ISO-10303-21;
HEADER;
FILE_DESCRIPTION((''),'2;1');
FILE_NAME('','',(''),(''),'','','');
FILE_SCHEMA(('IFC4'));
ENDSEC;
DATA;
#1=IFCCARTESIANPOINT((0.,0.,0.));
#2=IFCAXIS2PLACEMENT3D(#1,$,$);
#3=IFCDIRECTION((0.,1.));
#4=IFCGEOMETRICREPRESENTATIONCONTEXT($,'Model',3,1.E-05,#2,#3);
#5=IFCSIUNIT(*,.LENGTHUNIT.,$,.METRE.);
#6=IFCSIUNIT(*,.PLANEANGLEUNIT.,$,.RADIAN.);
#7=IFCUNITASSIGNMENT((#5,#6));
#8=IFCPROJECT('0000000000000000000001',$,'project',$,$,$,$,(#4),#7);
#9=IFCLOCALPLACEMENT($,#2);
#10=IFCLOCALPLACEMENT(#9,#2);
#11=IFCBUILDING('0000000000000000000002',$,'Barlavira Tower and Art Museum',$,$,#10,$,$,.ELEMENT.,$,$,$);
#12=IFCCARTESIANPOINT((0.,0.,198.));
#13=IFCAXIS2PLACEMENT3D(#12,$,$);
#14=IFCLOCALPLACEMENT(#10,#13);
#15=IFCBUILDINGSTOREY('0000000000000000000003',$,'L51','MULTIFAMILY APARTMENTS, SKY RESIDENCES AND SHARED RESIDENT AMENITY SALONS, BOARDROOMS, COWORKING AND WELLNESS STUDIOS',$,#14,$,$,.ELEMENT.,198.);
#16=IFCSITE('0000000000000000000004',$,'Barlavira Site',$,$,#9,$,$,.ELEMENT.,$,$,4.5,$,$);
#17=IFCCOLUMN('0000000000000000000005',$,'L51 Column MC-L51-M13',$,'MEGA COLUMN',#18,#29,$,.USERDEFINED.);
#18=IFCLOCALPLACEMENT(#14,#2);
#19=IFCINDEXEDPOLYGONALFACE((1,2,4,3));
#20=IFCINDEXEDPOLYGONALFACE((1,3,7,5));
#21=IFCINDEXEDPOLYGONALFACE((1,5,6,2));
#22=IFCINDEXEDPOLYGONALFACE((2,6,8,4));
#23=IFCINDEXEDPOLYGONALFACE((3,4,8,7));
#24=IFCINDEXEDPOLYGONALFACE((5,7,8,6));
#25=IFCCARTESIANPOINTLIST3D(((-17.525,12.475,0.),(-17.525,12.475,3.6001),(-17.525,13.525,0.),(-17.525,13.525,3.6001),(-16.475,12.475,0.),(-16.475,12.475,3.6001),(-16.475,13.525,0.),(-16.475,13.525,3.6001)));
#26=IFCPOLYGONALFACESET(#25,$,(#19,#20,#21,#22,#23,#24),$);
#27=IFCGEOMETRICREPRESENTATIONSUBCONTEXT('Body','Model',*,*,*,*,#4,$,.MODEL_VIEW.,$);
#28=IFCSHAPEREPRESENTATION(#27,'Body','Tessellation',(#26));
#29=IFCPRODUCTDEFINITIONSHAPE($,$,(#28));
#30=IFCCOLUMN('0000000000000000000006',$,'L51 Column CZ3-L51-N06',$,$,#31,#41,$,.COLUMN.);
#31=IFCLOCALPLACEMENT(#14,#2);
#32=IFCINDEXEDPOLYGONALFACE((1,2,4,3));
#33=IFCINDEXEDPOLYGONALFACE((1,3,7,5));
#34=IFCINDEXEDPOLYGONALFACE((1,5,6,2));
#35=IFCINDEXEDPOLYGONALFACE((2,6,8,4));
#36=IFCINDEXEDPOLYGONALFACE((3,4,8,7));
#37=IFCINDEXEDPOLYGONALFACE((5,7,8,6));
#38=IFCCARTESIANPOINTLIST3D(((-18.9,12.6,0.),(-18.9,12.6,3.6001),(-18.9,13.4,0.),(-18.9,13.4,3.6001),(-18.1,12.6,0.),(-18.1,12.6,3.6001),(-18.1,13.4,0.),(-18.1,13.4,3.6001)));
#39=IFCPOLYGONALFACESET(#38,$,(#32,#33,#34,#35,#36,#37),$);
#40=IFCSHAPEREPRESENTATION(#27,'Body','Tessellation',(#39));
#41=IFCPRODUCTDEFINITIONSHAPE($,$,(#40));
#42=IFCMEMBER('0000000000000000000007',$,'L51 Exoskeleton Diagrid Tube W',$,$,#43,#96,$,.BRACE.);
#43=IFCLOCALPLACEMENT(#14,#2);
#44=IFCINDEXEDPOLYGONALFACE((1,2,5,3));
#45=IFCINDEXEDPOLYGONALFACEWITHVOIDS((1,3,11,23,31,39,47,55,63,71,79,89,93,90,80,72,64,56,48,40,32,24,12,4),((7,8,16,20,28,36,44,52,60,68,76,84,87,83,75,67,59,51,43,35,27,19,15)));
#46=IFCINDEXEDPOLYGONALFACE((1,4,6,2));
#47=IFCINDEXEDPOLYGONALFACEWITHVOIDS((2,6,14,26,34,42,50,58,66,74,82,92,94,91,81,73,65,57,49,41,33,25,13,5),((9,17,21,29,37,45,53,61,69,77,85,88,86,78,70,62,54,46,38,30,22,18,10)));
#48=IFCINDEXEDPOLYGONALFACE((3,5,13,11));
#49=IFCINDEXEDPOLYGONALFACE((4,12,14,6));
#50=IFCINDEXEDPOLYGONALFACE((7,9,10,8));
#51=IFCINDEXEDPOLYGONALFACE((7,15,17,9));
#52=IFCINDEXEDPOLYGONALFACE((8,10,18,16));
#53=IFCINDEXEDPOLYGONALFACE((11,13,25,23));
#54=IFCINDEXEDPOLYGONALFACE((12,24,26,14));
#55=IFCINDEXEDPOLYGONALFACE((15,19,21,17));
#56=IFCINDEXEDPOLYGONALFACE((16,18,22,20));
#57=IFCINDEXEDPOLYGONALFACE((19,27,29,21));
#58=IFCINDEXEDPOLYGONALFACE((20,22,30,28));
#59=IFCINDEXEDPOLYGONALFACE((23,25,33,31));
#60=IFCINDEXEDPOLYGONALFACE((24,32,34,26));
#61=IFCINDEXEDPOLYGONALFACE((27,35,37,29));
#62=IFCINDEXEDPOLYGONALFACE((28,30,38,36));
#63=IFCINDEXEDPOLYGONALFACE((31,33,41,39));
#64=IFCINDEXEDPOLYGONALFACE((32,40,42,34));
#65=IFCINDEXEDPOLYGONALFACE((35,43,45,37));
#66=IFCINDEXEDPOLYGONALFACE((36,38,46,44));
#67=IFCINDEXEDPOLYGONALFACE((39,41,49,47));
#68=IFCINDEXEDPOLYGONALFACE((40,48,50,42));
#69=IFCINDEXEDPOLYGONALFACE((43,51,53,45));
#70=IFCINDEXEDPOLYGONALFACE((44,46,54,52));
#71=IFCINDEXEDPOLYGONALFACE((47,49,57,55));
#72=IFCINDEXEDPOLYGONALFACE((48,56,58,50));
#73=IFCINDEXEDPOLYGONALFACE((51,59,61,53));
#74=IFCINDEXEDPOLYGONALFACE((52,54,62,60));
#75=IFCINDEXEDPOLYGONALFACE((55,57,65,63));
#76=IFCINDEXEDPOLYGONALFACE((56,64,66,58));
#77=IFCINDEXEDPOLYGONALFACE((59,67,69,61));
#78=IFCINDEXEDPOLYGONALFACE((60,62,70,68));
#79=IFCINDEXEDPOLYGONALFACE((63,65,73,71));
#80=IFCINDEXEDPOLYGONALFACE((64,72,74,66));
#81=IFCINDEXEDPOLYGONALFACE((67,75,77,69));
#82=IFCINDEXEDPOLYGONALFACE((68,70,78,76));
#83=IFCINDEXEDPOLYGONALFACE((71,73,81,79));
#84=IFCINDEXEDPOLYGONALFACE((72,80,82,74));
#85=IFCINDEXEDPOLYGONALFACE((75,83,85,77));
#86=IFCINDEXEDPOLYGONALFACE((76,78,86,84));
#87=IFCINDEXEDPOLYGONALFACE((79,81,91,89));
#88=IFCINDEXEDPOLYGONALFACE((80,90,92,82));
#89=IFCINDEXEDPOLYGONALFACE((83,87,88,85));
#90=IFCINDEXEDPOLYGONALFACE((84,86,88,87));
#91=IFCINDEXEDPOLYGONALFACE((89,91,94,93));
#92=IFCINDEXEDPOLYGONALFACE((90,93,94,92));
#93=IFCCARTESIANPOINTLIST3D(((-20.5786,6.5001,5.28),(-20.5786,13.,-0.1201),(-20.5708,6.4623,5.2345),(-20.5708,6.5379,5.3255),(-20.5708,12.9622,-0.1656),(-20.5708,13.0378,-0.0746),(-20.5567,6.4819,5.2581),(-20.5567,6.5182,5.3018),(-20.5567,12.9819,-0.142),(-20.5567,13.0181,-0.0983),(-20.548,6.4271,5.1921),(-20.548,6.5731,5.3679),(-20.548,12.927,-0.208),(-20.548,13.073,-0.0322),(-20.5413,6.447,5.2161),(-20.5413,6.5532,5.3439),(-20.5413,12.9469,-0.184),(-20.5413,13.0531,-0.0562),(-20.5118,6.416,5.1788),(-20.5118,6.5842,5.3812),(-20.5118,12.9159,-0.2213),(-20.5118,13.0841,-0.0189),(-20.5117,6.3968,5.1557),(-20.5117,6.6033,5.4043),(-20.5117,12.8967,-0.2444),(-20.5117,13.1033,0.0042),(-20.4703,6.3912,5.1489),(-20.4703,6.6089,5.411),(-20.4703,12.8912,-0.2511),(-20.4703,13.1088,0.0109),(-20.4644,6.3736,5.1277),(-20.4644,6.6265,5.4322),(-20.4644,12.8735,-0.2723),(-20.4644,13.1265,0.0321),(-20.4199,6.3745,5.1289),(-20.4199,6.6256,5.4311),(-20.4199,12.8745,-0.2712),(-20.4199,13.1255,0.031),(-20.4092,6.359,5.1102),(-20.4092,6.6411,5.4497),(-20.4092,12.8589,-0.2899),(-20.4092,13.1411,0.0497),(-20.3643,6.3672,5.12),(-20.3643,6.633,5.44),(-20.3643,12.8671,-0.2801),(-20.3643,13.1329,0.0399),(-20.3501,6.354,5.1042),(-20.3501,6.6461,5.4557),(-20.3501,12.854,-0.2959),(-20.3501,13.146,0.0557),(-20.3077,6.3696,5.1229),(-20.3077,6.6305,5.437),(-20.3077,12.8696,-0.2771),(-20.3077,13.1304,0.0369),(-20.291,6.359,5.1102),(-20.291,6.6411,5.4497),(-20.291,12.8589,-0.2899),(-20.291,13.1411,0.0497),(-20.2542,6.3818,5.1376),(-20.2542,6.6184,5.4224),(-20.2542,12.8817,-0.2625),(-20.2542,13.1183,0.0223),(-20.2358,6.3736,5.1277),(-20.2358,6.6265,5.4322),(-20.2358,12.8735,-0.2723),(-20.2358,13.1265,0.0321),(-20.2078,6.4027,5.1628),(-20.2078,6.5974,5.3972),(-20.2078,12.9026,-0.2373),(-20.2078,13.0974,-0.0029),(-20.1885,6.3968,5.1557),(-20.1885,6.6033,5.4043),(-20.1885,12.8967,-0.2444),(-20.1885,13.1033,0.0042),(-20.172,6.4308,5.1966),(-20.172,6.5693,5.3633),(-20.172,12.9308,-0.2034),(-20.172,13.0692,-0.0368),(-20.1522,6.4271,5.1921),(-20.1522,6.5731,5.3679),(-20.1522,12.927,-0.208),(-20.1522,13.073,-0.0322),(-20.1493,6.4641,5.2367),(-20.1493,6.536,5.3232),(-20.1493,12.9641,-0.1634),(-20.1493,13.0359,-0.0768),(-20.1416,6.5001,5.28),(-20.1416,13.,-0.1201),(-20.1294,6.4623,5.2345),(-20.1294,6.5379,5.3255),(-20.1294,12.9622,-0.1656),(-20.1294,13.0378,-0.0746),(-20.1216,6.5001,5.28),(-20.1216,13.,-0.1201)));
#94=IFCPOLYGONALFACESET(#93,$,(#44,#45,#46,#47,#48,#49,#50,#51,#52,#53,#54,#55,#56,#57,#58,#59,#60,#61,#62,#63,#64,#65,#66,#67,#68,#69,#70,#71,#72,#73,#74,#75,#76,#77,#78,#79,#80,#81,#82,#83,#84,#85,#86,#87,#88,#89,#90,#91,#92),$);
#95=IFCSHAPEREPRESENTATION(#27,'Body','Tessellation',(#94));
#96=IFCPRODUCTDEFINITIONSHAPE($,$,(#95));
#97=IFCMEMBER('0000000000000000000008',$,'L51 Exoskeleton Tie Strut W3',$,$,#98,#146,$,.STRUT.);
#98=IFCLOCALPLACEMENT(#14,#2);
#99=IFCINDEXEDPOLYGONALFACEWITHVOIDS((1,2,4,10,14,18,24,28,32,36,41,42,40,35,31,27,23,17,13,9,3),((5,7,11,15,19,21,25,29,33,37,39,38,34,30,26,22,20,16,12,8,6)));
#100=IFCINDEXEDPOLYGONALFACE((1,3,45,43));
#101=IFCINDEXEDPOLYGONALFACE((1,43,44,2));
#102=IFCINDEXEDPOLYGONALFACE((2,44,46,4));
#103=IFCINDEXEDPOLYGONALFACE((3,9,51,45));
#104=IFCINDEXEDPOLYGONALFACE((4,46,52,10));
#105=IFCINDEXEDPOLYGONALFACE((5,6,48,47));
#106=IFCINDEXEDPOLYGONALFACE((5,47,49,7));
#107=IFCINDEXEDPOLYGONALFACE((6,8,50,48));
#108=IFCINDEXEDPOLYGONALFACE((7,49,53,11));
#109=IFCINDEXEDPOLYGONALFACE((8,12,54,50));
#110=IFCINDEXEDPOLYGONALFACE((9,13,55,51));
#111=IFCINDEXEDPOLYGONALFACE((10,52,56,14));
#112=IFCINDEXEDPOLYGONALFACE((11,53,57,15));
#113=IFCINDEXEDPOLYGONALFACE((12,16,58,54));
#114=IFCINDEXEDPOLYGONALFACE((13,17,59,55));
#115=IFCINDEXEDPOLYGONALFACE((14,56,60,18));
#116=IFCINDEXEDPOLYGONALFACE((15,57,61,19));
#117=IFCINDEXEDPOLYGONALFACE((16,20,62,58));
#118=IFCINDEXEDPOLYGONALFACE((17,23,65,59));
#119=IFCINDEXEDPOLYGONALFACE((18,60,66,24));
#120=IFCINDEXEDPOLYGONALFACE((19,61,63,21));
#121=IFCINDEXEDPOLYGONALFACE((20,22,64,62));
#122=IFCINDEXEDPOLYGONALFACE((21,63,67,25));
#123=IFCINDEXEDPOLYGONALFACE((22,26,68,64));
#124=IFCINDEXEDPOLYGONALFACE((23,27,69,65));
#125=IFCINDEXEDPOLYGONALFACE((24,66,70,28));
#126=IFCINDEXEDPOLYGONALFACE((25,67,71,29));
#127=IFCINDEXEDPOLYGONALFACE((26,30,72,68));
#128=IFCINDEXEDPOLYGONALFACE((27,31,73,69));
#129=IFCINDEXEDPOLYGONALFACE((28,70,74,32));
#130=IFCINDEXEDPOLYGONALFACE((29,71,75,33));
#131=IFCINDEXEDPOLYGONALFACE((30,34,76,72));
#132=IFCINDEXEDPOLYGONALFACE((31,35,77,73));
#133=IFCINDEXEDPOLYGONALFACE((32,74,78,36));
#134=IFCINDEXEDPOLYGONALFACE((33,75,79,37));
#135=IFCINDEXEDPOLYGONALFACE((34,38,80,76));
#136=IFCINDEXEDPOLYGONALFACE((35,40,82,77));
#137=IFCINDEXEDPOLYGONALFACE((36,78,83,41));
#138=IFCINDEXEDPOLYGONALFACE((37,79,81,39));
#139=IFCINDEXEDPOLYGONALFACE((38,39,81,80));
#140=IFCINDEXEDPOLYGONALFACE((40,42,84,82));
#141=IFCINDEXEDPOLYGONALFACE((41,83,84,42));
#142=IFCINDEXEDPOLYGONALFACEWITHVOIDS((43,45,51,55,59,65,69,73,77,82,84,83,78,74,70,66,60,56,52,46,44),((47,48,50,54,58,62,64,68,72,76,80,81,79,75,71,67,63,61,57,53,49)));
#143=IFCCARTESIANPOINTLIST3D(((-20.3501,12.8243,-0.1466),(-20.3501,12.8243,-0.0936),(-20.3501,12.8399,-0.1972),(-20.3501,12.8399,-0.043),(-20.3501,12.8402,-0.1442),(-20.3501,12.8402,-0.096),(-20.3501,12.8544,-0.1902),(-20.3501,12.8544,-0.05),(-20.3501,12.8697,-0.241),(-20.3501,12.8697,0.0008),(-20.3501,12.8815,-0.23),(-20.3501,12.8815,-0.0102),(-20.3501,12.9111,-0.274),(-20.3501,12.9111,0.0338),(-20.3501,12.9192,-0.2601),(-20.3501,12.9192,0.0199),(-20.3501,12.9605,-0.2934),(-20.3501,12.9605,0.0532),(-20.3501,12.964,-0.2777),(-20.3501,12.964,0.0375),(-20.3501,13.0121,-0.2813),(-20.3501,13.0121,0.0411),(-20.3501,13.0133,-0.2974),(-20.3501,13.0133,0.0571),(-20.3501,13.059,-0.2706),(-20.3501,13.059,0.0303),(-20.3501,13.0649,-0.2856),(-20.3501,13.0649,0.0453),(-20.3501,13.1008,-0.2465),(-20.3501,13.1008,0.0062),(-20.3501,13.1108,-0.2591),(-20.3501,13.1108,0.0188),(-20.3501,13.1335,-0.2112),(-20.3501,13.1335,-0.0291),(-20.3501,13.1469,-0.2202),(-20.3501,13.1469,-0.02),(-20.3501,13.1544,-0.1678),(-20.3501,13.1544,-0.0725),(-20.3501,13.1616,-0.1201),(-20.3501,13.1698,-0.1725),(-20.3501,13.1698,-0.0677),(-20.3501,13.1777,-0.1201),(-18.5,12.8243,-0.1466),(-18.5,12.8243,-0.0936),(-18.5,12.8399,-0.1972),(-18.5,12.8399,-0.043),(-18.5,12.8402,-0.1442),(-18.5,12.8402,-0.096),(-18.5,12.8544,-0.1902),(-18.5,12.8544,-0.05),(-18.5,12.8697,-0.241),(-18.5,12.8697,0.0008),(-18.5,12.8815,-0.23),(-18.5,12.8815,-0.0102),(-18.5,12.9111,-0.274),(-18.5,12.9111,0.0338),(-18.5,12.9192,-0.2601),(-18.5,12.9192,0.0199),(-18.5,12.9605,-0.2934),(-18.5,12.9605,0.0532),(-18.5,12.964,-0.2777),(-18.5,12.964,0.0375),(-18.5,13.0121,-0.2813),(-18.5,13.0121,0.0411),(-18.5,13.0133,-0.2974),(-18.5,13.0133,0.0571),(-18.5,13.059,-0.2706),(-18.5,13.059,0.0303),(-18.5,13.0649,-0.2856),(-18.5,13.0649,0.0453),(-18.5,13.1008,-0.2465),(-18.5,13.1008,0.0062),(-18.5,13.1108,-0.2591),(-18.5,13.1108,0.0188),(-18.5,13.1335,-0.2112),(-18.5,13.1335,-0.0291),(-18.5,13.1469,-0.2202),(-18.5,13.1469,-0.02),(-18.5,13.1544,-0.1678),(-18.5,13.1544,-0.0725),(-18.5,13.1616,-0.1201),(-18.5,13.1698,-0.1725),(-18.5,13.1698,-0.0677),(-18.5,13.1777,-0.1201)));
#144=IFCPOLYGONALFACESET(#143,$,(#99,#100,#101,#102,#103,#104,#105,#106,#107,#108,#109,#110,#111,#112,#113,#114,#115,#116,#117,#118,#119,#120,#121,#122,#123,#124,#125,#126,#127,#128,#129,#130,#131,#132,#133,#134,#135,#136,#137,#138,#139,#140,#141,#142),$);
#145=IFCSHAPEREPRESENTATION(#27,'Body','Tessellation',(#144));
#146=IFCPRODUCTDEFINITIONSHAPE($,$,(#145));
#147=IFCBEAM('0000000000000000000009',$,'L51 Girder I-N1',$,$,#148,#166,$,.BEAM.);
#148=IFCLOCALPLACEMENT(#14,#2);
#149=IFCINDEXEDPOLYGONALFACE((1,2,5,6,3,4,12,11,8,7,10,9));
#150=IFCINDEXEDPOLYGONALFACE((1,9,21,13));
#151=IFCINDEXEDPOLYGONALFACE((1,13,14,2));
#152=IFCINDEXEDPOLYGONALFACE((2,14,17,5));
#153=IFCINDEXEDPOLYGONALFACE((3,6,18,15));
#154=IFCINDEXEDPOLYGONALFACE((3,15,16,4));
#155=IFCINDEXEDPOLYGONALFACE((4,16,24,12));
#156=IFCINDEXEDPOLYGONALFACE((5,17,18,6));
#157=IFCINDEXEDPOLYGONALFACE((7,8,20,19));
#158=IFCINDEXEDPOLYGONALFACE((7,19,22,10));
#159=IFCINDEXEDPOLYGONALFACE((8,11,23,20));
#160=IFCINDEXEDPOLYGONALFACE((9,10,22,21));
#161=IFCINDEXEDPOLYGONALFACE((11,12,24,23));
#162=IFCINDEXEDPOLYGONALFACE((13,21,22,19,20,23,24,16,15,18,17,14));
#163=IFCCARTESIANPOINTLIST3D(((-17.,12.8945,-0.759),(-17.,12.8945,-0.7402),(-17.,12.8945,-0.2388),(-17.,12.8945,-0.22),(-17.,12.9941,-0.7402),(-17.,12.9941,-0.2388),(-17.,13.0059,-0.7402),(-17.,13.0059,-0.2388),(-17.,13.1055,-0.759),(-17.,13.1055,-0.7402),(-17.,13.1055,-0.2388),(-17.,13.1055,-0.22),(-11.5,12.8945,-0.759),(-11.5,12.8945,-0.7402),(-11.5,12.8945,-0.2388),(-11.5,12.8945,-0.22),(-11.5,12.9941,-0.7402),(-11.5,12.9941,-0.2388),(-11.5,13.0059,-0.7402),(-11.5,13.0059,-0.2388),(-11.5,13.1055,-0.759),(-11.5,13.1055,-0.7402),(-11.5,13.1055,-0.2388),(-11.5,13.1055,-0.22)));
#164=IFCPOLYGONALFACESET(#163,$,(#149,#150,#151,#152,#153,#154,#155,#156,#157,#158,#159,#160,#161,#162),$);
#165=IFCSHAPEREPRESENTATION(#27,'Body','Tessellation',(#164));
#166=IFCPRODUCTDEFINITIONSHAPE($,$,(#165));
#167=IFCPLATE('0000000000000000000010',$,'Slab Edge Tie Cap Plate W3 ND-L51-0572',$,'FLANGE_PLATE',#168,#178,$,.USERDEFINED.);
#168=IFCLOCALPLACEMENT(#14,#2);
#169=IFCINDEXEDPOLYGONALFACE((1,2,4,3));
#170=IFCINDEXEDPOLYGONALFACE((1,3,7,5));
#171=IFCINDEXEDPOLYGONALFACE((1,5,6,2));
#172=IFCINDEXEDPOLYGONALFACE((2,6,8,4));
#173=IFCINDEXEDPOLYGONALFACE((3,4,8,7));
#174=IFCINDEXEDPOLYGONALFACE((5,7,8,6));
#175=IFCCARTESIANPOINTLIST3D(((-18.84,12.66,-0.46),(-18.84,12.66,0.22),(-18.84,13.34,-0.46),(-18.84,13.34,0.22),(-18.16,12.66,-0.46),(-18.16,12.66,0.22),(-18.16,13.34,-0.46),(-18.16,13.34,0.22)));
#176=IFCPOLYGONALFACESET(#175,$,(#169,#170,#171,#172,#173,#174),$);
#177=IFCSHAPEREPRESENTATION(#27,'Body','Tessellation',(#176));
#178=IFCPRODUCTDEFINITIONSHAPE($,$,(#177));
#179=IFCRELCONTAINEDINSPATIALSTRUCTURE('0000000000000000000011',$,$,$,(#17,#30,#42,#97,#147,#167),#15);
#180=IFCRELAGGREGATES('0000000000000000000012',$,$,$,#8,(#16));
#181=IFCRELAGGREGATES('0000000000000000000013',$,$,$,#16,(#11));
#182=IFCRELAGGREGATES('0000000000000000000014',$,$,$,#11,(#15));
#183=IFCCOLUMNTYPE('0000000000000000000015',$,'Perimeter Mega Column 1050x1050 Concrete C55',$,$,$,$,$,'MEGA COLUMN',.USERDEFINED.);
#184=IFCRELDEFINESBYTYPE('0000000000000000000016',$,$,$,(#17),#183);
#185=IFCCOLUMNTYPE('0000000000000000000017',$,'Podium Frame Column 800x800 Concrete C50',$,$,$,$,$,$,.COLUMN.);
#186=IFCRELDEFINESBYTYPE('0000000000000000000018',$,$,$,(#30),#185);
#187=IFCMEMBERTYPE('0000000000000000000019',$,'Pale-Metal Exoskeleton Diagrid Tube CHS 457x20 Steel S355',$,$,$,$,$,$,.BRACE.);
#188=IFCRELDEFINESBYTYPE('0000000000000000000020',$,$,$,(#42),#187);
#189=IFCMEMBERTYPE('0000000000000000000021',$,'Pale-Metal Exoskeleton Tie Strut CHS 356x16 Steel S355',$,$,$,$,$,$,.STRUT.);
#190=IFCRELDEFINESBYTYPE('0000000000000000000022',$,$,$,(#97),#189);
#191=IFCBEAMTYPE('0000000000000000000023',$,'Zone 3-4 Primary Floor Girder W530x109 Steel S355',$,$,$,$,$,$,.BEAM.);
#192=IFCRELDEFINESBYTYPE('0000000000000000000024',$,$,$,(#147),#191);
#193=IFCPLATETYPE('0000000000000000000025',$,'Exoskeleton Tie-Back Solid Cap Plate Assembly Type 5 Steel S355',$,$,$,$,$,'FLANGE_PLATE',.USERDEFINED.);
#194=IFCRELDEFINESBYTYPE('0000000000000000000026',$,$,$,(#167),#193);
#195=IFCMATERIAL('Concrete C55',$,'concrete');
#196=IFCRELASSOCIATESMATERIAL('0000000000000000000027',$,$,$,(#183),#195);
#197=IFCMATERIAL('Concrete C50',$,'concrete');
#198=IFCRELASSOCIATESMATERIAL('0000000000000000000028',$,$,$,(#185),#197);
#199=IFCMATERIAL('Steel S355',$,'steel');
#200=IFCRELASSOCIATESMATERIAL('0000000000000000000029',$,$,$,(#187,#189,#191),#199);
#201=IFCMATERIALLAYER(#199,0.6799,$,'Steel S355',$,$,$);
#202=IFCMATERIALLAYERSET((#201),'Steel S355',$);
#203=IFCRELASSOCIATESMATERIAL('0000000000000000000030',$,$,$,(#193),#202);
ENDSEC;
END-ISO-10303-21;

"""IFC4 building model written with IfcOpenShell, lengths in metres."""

from ifc_helpers import new_model, si_unit, direction, frame, origin, origin_2d, place, context, subcontext, project, spatial, rectangle, hollow_circle, i_section, extrude, material, layer, layer_set, material_profile, profile_set, type_object, element, save


model = new_model("IFC4")

# Units and contexts
model_context = context("Model", 3, precision=1e-05, world=origin(), true_north=direction((0.0, 1.0)))
body_context = subcontext(model_context, "Body", "Model", "MODEL_VIEW")
ifc_project = project(units=[si_unit("LENGTHUNIT", "METRE"), si_unit("PLANEANGLEUNIT", "RADIAN")], contexts=[model_context])

# Site, building, storey
site_placement = place(None, origin())
site = spatial("IfcSite", under=ifc_project, at=site_placement, Name="Barlavira Site", CompositionType="ELEMENT", RefElevation=4.5)
building_placement = place(site_placement, origin())
building = spatial("IfcBuilding", under=site, at=building_placement, Name="Barlavira Tower and Art Museum", CompositionType="ELEMENT")
storey_placement = place(building_placement, frame((0.0, 0.0, 198.0)))
storey = spatial("IfcBuildingStorey", under=building, at=storey_placement, Name="L51", Description="MULTIFAMILY APARTMENTS, SKY RESIDENCES AND SHARED RESIDENT AMENITY SALONS, BOARDROOMS, COWORKING AND WELLNESS STUDIOS", CompositionType="ELEMENT", Elevation=198.0)

# Columns
ifc_material_1 = material(Name="Concrete C55", Category="concrete")
ifc_material_profile_1 = material_profile(ifc_material_1, rectangle(XDim=1.05, YDim=1.05, at=origin_2d()), Name="RC-COL 1050x1050")
ifc_profile_set_1 = profile_set([ifc_material_profile_1], Name="Concrete C55")
column_type_1 = type_object("IfcColumnType", Name="Perimeter Mega Column 1050x1050 Concrete C55", ElementType="MEGA COLUMN", PredefinedType="USERDEFINED", material=ifc_profile_set_1)
column_1_placement = place(storey_placement, frame((-17.0, 13.0, 0.0), z_axis=(0.0, 0.0, 1.0), x_axis=(1.0, 0.0, 0.0)))
element("IfcColumn", 1, at=column_1_placement, inside=storey, type_object=column_type_1, Name="L51 Column MC-L51-M13", ObjectType="MEGA COLUMN", PredefinedType="USERDEFINED", context=body_context, shape_type="SweptSolid", body=[
    extrude(rectangle(XDim=1.05, YDim=1.05, at=origin_2d()), origin(), (0.0, 0.0, 1.0), 3.6001),
])
ifc_material_2 = material(Name="Concrete C50", Category="concrete")
ifc_material_profile_2 = material_profile(ifc_material_2, rectangle(XDim=0.8, YDim=0.8, at=origin_2d()), Name="RC-COL 800x800")
ifc_profile_set_2 = profile_set([ifc_material_profile_2], Name="Concrete C50")
column_type_2 = type_object("IfcColumnType", Name="Podium Frame Column 800x800 Concrete C50", PredefinedType="COLUMN", material=ifc_profile_set_2)
column_2_placement = place(storey_placement, frame((-18.5, 13.0, 0.0), z_axis=(0.0, 0.0, 1.0), x_axis=(1.0, 0.0, 0.0)))
element("IfcColumn", 2, at=column_2_placement, inside=storey, type_object=column_type_2, Name="L51 Column CZ3-L51-N06", PredefinedType="COLUMN", context=body_context, shape_type="SweptSolid", body=[
    extrude(rectangle(XDim=0.8, YDim=0.8, at=origin_2d()), origin(), (0.0, 0.0, 1.0), 3.6001),
])

# Members
ifc_material_3 = material(Name="Steel S355", Category="steel")
ifc_material_profile_3 = material_profile(ifc_material_3, hollow_circle(Radius=0.2285, WallThickness=0.02, at=origin_2d()), Name="CHS 457.0x20.0")
ifc_profile_set_3 = profile_set([ifc_material_profile_3], Name="Steel S355")
member_type_1 = type_object("IfcMemberType", Name="Pale-Metal Exoskeleton Diagrid Tube CHS 457x20 Steel S355", PredefinedType="BRACE", material=ifc_profile_set_3)
member_1_placement = place(storey_placement, frame((-20.3501, 13.0, -0.1201), z_axis=(0.0, -0.769182, 0.63903), x_axis=(1.0, 0.0, 0.0)))
element("IfcMember", 3, at=member_1_placement, inside=storey, type_object=member_type_1, Name="L51 Exoskeleton Diagrid Tube W", PredefinedType="BRACE", context=body_context, shape_type="SweptSolid", body=[
    extrude(hollow_circle(Radius=0.2285, WallThickness=0.02, at=origin_2d()), origin(), (0.0, 0.0, 1.0), 8.4504),
])
ifc_material_profile_4 = material_profile(ifc_material_3, hollow_circle(Radius=0.1777, WallThickness=0.0161, at=origin_2d()), Name="CHS 355.6x16.0")
ifc_profile_set_4 = profile_set([ifc_material_profile_4], Name="Steel S355")
member_type_2 = type_object("IfcMemberType", Name="Pale-Metal Exoskeleton Tie Strut CHS 356x16 Steel S355", PredefinedType="STRUT", material=ifc_profile_set_4)
member_2_placement = place(storey_placement, frame((-20.3501, 13.0, -0.1201), z_axis=(1.0, 0.0, 0.0), x_axis=(0.0, 1.0, 0.0)))
element("IfcMember", 4, at=member_2_placement, inside=storey, type_object=member_type_2, Name="L51 Exoskeleton Tie Strut W3", PredefinedType="STRUT", context=body_context, shape_type="SweptSolid", body=[
    extrude(hollow_circle(Radius=0.1777, WallThickness=0.0161, at=origin_2d()), origin(), (0.0, 0.0, 1.0), 1.8501),
])

# Beam
ifc_material_profile_5 = material_profile(ifc_material_3, i_section(OverallWidth=0.2109, OverallDepth=0.5391, WebThickness=0.0117, FlangeThickness=0.0188, at=origin_2d()), Name="W530x109.0")
ifc_profile_set_5 = profile_set([ifc_material_profile_5], Name="Steel S355")
beam_type = type_object("IfcBeamType", Name="Zone 3-4 Primary Floor Girder W530x109 Steel S355", PredefinedType="BEAM", material=ifc_profile_set_5)
beam_placement = place(storey_placement, frame((-17.0, 13.0, -0.4895), z_axis=(1.0, 0.0, 0.0), x_axis=(0.0, 1.0, 0.0)))
element("IfcBeam", 5, at=beam_placement, inside=storey, type_object=beam_type, Name="L51 Girder I-N1", PredefinedType="BEAM", context=body_context, shape_type="SweptSolid", body=[
    extrude(i_section(OverallWidth=0.2109, OverallDepth=0.5391, WebThickness=0.0117, FlangeThickness=0.0188, at=origin_2d()), origin(), (0.0, 0.0, 1.0), 5.5),
])

# Plate
ifc_layer_1 = layer(ifc_material_3, 0.6799, Name="Steel S355")
ifc_layer_set_1 = layer_set([ifc_layer_1], Name="Steel S355")
plate_type = type_object("IfcPlateType", Name="Exoskeleton Tie-Back Solid Cap Plate Assembly Type 5 Steel S355", ElementType="FLANGE_PLATE", PredefinedType="USERDEFINED", material=ifc_layer_set_1)
plate_placement = place(storey_placement, frame((-18.5, 13.0, -0.46), z_axis=(0.0, 0.0, 1.0), x_axis=(1.0, 0.0, 0.0)))
element("IfcPlate", 6, at=plate_placement, inside=storey, type_object=plate_type, Name="Slab Edge Tie Cap Plate W3 ND-L51-0572", ObjectType="FLANGE_PLATE", PredefinedType="USERDEFINED", context=body_context, shape_type="SweptSolid", body=[
    extrude(rectangle(XDim=0.6799, YDim=0.6799, at=origin_2d()), origin(), (0.0, 0.0, 1.0), 0.6799),
])

save(model, "model.ifc")
